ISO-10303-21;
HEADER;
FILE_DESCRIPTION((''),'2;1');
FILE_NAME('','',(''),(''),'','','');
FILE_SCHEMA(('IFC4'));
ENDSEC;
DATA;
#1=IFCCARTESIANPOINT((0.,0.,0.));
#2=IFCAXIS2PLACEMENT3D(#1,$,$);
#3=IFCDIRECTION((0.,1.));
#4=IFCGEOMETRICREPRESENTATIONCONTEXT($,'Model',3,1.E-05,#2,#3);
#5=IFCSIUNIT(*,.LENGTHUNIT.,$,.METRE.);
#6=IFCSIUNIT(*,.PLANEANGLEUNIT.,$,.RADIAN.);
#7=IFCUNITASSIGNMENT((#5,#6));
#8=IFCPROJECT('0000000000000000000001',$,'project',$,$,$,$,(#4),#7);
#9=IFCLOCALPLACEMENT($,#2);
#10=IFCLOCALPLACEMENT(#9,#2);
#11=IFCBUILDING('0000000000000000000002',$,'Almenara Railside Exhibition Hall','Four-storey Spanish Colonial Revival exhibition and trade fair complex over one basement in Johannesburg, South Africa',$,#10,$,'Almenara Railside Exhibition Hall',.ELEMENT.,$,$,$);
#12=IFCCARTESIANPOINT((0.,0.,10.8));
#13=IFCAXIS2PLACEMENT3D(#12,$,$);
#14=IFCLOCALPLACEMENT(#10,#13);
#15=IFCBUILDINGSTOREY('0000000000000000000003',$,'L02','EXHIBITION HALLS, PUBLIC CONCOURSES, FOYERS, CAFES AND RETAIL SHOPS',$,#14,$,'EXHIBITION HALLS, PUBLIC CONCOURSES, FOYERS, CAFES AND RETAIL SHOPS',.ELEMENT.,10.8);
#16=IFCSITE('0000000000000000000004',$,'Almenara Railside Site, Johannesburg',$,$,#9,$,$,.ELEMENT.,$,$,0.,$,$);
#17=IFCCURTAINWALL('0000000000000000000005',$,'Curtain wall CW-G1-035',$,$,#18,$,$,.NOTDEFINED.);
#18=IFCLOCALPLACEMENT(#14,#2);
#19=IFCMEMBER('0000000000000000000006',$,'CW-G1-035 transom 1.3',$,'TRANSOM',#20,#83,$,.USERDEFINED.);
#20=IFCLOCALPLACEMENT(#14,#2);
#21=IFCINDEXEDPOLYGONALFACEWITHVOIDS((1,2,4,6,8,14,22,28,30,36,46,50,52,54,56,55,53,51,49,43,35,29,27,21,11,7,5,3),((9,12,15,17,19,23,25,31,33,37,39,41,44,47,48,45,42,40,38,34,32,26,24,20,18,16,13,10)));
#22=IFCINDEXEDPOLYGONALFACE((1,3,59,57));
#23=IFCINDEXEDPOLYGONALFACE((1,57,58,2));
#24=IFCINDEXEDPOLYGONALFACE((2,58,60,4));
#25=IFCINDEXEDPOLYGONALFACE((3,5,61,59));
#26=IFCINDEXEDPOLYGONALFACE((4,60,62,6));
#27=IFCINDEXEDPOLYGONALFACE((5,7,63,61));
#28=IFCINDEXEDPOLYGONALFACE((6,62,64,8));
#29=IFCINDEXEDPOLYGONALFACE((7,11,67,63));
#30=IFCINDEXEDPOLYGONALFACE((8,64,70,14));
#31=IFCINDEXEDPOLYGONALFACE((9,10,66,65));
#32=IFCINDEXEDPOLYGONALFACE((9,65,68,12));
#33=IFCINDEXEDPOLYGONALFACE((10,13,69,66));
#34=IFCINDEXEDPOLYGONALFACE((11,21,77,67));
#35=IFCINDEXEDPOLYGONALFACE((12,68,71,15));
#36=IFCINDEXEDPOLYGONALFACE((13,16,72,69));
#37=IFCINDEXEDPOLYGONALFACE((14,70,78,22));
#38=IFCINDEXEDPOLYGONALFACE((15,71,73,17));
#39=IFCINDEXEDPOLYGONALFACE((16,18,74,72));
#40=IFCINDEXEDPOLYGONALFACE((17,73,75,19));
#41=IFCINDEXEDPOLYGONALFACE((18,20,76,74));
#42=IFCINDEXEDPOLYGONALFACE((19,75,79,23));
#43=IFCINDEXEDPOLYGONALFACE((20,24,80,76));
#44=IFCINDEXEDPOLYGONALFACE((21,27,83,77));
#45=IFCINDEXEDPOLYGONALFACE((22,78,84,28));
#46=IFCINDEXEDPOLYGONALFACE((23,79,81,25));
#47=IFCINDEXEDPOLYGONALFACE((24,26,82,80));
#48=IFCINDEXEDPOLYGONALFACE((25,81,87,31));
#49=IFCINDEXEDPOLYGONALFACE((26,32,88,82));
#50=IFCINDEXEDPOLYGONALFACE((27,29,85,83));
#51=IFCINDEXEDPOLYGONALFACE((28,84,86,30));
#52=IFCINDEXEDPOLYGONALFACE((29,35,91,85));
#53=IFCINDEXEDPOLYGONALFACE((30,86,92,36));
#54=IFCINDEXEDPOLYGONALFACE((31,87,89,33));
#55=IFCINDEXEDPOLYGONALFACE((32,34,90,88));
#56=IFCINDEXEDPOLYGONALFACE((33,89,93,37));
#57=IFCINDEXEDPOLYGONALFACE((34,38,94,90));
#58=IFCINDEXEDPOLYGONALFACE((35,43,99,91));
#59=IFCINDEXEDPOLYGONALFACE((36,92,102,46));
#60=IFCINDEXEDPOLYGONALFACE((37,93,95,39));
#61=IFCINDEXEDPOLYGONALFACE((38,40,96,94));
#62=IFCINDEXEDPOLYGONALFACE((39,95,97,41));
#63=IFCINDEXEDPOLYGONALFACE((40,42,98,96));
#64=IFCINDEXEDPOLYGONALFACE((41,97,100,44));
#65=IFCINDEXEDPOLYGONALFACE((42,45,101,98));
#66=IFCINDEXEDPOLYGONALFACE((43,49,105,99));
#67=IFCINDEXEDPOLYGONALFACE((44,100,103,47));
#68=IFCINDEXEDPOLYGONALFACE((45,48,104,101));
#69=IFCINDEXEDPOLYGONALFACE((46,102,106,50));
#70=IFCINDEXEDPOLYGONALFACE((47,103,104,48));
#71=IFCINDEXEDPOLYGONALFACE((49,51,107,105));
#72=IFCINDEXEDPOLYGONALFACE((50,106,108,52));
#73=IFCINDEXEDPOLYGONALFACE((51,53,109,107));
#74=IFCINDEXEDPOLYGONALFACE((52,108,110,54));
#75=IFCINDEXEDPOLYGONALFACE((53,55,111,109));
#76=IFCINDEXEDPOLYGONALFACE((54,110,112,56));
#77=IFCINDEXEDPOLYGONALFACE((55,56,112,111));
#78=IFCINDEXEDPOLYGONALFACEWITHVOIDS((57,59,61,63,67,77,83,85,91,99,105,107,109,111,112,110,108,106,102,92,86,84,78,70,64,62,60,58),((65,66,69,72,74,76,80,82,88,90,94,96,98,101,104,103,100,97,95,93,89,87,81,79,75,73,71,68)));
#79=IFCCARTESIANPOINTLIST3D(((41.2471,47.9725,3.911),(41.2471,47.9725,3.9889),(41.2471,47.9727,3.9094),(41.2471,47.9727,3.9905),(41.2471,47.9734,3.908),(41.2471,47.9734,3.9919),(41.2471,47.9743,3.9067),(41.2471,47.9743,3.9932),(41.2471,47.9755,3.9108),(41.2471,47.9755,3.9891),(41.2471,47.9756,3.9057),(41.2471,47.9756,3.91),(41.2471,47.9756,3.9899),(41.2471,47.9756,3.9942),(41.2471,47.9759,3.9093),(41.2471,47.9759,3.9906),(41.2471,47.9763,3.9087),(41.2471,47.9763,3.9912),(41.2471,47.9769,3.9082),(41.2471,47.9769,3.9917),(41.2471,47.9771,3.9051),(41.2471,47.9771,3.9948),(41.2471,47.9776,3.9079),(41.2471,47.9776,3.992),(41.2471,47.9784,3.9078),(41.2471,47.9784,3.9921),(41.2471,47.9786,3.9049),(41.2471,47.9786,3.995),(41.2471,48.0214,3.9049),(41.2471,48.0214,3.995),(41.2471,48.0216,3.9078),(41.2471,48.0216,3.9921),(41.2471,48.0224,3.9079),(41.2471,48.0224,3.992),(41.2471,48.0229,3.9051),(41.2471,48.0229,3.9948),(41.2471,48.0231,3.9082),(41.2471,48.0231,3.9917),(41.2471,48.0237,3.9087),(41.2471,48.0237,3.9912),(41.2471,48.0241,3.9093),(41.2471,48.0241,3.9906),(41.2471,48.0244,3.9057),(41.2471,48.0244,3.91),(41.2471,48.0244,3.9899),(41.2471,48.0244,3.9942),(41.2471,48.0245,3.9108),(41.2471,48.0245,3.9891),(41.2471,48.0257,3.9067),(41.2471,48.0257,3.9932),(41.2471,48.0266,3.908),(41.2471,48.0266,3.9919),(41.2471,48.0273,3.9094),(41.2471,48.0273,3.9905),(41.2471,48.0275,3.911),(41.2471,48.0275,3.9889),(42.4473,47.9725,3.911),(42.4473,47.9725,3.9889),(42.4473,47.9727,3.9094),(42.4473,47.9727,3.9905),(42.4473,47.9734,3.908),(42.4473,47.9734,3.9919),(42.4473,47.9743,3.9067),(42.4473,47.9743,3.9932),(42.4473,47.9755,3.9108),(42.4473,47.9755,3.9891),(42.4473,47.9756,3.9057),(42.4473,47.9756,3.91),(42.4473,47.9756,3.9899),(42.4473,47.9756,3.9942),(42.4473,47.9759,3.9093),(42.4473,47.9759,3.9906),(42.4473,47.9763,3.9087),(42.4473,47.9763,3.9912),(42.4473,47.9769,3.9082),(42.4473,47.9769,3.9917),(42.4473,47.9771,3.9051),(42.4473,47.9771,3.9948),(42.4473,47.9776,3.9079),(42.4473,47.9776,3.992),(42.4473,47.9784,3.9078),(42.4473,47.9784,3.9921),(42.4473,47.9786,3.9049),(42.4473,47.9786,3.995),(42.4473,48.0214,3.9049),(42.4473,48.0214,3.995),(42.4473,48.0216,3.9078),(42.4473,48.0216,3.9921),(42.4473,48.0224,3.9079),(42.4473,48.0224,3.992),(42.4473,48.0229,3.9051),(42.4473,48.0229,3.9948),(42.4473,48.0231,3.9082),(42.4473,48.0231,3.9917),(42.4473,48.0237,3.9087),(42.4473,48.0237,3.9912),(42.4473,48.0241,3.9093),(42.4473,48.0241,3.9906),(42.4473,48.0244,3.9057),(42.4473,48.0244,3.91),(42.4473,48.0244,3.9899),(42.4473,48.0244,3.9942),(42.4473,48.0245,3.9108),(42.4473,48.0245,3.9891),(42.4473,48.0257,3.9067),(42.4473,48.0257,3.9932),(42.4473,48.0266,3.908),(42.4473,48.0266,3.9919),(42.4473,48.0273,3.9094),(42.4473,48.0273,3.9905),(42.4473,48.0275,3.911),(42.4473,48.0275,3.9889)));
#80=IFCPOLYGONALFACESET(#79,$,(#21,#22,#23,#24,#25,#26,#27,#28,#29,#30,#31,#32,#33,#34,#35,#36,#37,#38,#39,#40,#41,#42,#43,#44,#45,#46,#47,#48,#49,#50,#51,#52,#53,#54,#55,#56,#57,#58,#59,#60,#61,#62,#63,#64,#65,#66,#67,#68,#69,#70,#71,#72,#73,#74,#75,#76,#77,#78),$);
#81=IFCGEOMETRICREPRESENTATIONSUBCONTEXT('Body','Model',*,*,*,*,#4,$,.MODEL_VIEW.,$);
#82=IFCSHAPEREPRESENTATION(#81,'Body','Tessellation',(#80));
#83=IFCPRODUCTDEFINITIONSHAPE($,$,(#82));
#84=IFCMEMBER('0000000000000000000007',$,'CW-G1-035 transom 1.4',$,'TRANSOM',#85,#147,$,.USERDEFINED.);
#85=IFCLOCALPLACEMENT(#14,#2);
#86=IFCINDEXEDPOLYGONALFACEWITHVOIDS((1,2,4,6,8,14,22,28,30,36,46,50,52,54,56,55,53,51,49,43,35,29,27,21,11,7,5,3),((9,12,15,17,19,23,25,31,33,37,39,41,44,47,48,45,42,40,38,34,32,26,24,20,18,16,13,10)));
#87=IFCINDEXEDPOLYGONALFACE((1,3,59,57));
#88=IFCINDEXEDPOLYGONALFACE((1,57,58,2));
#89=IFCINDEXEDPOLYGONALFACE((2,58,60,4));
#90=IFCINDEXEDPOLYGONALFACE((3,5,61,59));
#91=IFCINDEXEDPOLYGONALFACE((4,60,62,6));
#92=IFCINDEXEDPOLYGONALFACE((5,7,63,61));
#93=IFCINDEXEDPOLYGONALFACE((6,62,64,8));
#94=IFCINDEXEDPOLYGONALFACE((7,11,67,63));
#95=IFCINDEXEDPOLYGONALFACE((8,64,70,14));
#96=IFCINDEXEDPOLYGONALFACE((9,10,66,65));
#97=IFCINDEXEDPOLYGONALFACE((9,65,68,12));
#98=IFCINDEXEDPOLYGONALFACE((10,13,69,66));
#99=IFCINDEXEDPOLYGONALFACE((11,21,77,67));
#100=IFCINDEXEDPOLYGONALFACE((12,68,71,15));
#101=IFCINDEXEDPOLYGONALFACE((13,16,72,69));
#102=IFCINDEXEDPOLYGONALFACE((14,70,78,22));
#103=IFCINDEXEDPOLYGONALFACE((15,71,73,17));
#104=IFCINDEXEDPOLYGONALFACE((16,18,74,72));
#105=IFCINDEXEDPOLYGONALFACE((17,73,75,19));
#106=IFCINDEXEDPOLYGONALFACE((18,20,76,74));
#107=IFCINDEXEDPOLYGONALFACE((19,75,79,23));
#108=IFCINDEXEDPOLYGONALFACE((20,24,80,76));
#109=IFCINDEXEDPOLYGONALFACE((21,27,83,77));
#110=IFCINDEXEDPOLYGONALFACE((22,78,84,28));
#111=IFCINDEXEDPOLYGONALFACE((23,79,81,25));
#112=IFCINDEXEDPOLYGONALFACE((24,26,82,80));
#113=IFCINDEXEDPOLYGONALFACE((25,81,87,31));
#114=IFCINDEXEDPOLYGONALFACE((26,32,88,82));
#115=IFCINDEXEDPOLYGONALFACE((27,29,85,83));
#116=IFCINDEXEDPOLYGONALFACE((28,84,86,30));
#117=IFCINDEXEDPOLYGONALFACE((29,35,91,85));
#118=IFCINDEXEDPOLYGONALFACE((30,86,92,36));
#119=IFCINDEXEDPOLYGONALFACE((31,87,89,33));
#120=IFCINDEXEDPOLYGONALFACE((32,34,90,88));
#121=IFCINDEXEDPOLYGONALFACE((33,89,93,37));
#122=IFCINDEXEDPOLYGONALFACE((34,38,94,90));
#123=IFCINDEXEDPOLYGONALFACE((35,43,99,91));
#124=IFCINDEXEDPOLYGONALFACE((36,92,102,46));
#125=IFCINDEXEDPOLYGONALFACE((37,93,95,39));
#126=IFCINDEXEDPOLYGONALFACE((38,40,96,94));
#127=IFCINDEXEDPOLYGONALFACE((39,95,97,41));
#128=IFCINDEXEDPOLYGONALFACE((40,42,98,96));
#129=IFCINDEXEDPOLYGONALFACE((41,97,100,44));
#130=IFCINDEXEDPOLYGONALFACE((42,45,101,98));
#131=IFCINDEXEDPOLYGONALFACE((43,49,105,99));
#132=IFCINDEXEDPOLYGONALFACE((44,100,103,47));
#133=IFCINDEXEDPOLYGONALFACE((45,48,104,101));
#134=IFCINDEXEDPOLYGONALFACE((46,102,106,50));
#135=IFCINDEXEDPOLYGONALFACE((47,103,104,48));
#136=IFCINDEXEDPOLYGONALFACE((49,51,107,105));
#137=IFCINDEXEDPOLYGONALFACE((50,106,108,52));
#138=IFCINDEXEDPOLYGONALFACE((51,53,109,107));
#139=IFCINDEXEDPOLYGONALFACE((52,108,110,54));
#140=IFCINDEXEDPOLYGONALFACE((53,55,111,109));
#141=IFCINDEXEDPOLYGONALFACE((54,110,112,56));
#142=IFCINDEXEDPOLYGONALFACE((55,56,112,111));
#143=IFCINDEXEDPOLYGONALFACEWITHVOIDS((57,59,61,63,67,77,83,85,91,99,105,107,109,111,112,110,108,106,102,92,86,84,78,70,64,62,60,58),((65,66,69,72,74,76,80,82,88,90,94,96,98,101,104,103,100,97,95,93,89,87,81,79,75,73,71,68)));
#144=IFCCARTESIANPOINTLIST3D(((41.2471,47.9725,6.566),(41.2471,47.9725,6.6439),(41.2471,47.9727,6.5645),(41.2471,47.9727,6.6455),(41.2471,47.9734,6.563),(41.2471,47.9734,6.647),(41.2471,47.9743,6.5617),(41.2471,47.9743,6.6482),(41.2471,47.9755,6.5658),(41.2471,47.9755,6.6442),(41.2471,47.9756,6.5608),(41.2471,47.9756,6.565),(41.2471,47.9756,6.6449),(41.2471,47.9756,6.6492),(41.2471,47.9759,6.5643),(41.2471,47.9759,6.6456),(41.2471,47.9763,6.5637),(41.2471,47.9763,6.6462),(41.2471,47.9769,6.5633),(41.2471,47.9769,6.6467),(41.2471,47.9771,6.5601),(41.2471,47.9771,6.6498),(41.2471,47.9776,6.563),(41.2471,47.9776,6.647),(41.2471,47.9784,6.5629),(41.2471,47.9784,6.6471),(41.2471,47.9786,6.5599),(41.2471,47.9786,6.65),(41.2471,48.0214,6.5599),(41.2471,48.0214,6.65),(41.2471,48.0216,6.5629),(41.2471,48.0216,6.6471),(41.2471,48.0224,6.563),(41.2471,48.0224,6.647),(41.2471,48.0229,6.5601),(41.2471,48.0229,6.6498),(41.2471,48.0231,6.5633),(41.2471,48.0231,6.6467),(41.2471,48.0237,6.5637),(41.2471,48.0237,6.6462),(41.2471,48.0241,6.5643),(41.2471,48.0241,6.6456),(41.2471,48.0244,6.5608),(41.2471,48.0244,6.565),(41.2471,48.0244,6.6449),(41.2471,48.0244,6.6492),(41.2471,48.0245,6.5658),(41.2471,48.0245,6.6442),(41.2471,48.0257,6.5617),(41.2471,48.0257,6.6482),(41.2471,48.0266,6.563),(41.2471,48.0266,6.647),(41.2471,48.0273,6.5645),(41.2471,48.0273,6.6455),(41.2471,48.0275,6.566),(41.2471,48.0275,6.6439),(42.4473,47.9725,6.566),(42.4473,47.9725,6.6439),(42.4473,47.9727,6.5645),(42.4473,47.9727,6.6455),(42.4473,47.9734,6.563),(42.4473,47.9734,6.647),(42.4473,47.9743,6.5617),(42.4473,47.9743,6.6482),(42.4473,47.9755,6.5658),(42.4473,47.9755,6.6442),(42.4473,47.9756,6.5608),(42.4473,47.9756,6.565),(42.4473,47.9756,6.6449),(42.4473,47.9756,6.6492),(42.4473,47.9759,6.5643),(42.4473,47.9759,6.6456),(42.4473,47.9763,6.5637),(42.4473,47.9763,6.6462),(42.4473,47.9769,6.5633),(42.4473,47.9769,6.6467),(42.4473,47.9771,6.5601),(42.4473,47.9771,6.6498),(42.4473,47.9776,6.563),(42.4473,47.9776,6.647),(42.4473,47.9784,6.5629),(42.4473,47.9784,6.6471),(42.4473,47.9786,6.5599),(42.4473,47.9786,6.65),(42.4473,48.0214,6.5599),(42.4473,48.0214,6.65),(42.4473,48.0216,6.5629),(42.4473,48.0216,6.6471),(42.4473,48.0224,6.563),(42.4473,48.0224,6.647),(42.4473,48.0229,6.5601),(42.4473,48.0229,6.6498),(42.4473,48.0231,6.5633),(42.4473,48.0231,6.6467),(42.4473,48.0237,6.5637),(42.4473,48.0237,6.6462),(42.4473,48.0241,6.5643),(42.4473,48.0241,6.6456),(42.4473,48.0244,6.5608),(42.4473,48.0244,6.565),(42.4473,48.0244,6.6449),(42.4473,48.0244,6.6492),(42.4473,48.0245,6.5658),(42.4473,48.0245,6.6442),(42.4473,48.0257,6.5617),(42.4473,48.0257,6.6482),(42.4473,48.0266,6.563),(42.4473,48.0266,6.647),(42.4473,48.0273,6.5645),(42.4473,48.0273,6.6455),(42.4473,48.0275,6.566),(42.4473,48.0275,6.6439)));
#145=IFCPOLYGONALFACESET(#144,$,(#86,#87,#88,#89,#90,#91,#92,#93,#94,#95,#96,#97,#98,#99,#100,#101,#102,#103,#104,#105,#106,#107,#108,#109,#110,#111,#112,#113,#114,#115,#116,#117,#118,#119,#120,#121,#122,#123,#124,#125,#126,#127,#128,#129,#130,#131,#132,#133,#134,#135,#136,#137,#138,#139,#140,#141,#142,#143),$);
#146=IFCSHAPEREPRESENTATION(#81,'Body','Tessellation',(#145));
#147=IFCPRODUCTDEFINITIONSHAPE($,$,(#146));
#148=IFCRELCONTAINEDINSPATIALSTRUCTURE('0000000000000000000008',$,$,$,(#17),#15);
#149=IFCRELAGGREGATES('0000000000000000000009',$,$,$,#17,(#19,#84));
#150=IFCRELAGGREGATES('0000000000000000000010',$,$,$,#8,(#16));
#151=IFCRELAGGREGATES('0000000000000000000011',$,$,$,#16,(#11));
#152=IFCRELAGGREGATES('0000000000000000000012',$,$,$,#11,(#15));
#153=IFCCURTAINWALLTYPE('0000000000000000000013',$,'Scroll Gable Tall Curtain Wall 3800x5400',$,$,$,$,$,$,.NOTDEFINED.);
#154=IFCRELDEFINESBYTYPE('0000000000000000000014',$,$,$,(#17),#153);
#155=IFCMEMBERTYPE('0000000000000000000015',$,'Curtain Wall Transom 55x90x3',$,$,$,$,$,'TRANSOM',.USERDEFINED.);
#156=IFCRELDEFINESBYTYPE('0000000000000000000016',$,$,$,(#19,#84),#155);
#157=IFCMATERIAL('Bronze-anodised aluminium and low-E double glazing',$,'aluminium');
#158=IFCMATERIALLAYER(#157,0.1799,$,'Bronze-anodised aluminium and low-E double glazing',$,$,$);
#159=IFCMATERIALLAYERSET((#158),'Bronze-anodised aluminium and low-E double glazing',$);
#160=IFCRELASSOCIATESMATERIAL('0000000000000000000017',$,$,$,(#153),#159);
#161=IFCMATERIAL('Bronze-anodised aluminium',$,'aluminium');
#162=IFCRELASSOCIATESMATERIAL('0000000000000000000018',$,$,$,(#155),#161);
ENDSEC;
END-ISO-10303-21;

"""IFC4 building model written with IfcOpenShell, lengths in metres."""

from ifc_helpers import new_model, si_unit, direction, frame, origin, origin_2d, place, context, subcontext, project, spatial, hollow_rectangle, extrude, material, layer, layer_set, material_profile, profile_set, type_object, element, aggregate, save


model = new_model("IFC4")

# Units and contexts
model_context = context("Model", 3, precision=1e-05, world=origin(), true_north=direction((0.0, 1.0)))
body_context = subcontext(model_context, "Body", "Model", "MODEL_VIEW")
ifc_project = project(units=[si_unit("LENGTHUNIT", "METRE"), si_unit("PLANEANGLEUNIT", "RADIAN")], contexts=[model_context])

# Site, building, storey
site_placement = place(None, origin())
site = spatial("IfcSite", under=ifc_project, at=site_placement, Name="Almenara Railside Site, Johannesburg", CompositionType="ELEMENT", RefElevation=0.0)
building_placement = place(site_placement, origin())
building = spatial("IfcBuilding", under=site, at=building_placement, Name="Almenara Railside Exhibition Hall", Description="Four-storey Spanish Colonial Revival exhibition and trade fair complex over one basement in Johannesburg, South Africa", LongName="Almenara Railside Exhibition Hall", CompositionType="ELEMENT")
storey_placement = place(building_placement, frame((0.0, 0.0, 10.8)))
storey = spatial("IfcBuildingStorey", under=building, at=storey_placement, Name="L02", Description="EXHIBITION HALLS, PUBLIC CONCOURSES, FOYERS, CAFES AND RETAIL SHOPS", LongName="EXHIBITION HALLS, PUBLIC CONCOURSES, FOYERS, CAFES AND RETAIL SHOPS", CompositionType="ELEMENT", Elevation=10.8)

# Curtain wall
ifc_material_1 = material(Name="Bronze-anodised aluminium and low-E double glazing", Category="aluminium")
ifc_layer_1 = layer(ifc_material_1, 0.1799, Name="Bronze-anodised aluminium and low-E double glazing")
ifc_layer_set_1 = layer_set([ifc_layer_1], Name="Bronze-anodised aluminium and low-E double glazing")
curtain_wall_type = type_object("IfcCurtainWallType", Name="Scroll Gable Tall Curtain Wall 3800x5400", PredefinedType="NOTDEFINED", material=ifc_layer_set_1)
curtain_wall_1_placement = place(storey_placement, origin())
curtain_wall_1 = element("IfcCurtainWall", 1, at=curtain_wall_1_placement, inside=storey, type_object=curtain_wall_type, Name="Curtain wall CW-G1-035", PredefinedType="NOTDEFINED")
ifc_material_2 = material(Name="Bronze-anodised aluminium", Category="aluminium")

# Members
ifc_material_profile_1 = material_profile(ifc_material_2, hollow_rectangle(XDim=0.0549, YDim=0.0901, WallThickness=0.0029, InnerFilletRadius=0.0029, OuterFilletRadius=0.0061, at=origin_2d()), Name="ALU-TRN 55x90x3")
ifc_profile_set_1 = profile_set([ifc_material_profile_1], Name="Bronze-anodised aluminium")
member_type_1 = type_object("IfcMemberType", Name="Curtain Wall Transom 55x90x3", ElementType="TRANSOM", PredefinedType="USERDEFINED", material=ifc_profile_set_1)
member_1_placement = place(storey_placement, frame((41.2471, 48.0, 3.95), z_axis=(1.0, 0.0, 0.0), x_axis=(0.0, 1.0, 0.0)))
member_1 = element("IfcMember", 2, at=member_1_placement, type_object=member_type_1, Name="CW-G1-035 transom 1.3", ObjectType="TRANSOM", PredefinedType="USERDEFINED", context=body_context, shape_type="SweptSolid", body=[
    extrude(hollow_rectangle(XDim=0.0549, YDim=0.0901, WallThickness=0.0029, InnerFilletRadius=0.0029, OuterFilletRadius=0.0061, at=origin_2d()), origin(), (0.0, 0.0, 1.0), 1.2002),
])
member_2_placement = place(storey_placement, frame((41.2471, 48.0, 6.605), z_axis=(1.0, 0.0, 0.0), x_axis=(0.0, 1.0, 0.0)))
member_2 = element("IfcMember", 3, at=member_2_placement, type_object=member_type_1, Name="CW-G1-035 transom 1.4", ObjectType="TRANSOM", PredefinedType="USERDEFINED", context=body_context, shape_type="SweptSolid", body=[
    extrude(hollow_rectangle(XDim=0.0549, YDim=0.0901, WallThickness=0.0029, InnerFilletRadius=0.0029, OuterFilletRadius=0.0061, at=origin_2d()), origin(), (0.0, 0.0, 1.0), 1.2002),
])

aggregate(curtain_wall_1, [member_1, member_2])

save(model, "model.ifc")
